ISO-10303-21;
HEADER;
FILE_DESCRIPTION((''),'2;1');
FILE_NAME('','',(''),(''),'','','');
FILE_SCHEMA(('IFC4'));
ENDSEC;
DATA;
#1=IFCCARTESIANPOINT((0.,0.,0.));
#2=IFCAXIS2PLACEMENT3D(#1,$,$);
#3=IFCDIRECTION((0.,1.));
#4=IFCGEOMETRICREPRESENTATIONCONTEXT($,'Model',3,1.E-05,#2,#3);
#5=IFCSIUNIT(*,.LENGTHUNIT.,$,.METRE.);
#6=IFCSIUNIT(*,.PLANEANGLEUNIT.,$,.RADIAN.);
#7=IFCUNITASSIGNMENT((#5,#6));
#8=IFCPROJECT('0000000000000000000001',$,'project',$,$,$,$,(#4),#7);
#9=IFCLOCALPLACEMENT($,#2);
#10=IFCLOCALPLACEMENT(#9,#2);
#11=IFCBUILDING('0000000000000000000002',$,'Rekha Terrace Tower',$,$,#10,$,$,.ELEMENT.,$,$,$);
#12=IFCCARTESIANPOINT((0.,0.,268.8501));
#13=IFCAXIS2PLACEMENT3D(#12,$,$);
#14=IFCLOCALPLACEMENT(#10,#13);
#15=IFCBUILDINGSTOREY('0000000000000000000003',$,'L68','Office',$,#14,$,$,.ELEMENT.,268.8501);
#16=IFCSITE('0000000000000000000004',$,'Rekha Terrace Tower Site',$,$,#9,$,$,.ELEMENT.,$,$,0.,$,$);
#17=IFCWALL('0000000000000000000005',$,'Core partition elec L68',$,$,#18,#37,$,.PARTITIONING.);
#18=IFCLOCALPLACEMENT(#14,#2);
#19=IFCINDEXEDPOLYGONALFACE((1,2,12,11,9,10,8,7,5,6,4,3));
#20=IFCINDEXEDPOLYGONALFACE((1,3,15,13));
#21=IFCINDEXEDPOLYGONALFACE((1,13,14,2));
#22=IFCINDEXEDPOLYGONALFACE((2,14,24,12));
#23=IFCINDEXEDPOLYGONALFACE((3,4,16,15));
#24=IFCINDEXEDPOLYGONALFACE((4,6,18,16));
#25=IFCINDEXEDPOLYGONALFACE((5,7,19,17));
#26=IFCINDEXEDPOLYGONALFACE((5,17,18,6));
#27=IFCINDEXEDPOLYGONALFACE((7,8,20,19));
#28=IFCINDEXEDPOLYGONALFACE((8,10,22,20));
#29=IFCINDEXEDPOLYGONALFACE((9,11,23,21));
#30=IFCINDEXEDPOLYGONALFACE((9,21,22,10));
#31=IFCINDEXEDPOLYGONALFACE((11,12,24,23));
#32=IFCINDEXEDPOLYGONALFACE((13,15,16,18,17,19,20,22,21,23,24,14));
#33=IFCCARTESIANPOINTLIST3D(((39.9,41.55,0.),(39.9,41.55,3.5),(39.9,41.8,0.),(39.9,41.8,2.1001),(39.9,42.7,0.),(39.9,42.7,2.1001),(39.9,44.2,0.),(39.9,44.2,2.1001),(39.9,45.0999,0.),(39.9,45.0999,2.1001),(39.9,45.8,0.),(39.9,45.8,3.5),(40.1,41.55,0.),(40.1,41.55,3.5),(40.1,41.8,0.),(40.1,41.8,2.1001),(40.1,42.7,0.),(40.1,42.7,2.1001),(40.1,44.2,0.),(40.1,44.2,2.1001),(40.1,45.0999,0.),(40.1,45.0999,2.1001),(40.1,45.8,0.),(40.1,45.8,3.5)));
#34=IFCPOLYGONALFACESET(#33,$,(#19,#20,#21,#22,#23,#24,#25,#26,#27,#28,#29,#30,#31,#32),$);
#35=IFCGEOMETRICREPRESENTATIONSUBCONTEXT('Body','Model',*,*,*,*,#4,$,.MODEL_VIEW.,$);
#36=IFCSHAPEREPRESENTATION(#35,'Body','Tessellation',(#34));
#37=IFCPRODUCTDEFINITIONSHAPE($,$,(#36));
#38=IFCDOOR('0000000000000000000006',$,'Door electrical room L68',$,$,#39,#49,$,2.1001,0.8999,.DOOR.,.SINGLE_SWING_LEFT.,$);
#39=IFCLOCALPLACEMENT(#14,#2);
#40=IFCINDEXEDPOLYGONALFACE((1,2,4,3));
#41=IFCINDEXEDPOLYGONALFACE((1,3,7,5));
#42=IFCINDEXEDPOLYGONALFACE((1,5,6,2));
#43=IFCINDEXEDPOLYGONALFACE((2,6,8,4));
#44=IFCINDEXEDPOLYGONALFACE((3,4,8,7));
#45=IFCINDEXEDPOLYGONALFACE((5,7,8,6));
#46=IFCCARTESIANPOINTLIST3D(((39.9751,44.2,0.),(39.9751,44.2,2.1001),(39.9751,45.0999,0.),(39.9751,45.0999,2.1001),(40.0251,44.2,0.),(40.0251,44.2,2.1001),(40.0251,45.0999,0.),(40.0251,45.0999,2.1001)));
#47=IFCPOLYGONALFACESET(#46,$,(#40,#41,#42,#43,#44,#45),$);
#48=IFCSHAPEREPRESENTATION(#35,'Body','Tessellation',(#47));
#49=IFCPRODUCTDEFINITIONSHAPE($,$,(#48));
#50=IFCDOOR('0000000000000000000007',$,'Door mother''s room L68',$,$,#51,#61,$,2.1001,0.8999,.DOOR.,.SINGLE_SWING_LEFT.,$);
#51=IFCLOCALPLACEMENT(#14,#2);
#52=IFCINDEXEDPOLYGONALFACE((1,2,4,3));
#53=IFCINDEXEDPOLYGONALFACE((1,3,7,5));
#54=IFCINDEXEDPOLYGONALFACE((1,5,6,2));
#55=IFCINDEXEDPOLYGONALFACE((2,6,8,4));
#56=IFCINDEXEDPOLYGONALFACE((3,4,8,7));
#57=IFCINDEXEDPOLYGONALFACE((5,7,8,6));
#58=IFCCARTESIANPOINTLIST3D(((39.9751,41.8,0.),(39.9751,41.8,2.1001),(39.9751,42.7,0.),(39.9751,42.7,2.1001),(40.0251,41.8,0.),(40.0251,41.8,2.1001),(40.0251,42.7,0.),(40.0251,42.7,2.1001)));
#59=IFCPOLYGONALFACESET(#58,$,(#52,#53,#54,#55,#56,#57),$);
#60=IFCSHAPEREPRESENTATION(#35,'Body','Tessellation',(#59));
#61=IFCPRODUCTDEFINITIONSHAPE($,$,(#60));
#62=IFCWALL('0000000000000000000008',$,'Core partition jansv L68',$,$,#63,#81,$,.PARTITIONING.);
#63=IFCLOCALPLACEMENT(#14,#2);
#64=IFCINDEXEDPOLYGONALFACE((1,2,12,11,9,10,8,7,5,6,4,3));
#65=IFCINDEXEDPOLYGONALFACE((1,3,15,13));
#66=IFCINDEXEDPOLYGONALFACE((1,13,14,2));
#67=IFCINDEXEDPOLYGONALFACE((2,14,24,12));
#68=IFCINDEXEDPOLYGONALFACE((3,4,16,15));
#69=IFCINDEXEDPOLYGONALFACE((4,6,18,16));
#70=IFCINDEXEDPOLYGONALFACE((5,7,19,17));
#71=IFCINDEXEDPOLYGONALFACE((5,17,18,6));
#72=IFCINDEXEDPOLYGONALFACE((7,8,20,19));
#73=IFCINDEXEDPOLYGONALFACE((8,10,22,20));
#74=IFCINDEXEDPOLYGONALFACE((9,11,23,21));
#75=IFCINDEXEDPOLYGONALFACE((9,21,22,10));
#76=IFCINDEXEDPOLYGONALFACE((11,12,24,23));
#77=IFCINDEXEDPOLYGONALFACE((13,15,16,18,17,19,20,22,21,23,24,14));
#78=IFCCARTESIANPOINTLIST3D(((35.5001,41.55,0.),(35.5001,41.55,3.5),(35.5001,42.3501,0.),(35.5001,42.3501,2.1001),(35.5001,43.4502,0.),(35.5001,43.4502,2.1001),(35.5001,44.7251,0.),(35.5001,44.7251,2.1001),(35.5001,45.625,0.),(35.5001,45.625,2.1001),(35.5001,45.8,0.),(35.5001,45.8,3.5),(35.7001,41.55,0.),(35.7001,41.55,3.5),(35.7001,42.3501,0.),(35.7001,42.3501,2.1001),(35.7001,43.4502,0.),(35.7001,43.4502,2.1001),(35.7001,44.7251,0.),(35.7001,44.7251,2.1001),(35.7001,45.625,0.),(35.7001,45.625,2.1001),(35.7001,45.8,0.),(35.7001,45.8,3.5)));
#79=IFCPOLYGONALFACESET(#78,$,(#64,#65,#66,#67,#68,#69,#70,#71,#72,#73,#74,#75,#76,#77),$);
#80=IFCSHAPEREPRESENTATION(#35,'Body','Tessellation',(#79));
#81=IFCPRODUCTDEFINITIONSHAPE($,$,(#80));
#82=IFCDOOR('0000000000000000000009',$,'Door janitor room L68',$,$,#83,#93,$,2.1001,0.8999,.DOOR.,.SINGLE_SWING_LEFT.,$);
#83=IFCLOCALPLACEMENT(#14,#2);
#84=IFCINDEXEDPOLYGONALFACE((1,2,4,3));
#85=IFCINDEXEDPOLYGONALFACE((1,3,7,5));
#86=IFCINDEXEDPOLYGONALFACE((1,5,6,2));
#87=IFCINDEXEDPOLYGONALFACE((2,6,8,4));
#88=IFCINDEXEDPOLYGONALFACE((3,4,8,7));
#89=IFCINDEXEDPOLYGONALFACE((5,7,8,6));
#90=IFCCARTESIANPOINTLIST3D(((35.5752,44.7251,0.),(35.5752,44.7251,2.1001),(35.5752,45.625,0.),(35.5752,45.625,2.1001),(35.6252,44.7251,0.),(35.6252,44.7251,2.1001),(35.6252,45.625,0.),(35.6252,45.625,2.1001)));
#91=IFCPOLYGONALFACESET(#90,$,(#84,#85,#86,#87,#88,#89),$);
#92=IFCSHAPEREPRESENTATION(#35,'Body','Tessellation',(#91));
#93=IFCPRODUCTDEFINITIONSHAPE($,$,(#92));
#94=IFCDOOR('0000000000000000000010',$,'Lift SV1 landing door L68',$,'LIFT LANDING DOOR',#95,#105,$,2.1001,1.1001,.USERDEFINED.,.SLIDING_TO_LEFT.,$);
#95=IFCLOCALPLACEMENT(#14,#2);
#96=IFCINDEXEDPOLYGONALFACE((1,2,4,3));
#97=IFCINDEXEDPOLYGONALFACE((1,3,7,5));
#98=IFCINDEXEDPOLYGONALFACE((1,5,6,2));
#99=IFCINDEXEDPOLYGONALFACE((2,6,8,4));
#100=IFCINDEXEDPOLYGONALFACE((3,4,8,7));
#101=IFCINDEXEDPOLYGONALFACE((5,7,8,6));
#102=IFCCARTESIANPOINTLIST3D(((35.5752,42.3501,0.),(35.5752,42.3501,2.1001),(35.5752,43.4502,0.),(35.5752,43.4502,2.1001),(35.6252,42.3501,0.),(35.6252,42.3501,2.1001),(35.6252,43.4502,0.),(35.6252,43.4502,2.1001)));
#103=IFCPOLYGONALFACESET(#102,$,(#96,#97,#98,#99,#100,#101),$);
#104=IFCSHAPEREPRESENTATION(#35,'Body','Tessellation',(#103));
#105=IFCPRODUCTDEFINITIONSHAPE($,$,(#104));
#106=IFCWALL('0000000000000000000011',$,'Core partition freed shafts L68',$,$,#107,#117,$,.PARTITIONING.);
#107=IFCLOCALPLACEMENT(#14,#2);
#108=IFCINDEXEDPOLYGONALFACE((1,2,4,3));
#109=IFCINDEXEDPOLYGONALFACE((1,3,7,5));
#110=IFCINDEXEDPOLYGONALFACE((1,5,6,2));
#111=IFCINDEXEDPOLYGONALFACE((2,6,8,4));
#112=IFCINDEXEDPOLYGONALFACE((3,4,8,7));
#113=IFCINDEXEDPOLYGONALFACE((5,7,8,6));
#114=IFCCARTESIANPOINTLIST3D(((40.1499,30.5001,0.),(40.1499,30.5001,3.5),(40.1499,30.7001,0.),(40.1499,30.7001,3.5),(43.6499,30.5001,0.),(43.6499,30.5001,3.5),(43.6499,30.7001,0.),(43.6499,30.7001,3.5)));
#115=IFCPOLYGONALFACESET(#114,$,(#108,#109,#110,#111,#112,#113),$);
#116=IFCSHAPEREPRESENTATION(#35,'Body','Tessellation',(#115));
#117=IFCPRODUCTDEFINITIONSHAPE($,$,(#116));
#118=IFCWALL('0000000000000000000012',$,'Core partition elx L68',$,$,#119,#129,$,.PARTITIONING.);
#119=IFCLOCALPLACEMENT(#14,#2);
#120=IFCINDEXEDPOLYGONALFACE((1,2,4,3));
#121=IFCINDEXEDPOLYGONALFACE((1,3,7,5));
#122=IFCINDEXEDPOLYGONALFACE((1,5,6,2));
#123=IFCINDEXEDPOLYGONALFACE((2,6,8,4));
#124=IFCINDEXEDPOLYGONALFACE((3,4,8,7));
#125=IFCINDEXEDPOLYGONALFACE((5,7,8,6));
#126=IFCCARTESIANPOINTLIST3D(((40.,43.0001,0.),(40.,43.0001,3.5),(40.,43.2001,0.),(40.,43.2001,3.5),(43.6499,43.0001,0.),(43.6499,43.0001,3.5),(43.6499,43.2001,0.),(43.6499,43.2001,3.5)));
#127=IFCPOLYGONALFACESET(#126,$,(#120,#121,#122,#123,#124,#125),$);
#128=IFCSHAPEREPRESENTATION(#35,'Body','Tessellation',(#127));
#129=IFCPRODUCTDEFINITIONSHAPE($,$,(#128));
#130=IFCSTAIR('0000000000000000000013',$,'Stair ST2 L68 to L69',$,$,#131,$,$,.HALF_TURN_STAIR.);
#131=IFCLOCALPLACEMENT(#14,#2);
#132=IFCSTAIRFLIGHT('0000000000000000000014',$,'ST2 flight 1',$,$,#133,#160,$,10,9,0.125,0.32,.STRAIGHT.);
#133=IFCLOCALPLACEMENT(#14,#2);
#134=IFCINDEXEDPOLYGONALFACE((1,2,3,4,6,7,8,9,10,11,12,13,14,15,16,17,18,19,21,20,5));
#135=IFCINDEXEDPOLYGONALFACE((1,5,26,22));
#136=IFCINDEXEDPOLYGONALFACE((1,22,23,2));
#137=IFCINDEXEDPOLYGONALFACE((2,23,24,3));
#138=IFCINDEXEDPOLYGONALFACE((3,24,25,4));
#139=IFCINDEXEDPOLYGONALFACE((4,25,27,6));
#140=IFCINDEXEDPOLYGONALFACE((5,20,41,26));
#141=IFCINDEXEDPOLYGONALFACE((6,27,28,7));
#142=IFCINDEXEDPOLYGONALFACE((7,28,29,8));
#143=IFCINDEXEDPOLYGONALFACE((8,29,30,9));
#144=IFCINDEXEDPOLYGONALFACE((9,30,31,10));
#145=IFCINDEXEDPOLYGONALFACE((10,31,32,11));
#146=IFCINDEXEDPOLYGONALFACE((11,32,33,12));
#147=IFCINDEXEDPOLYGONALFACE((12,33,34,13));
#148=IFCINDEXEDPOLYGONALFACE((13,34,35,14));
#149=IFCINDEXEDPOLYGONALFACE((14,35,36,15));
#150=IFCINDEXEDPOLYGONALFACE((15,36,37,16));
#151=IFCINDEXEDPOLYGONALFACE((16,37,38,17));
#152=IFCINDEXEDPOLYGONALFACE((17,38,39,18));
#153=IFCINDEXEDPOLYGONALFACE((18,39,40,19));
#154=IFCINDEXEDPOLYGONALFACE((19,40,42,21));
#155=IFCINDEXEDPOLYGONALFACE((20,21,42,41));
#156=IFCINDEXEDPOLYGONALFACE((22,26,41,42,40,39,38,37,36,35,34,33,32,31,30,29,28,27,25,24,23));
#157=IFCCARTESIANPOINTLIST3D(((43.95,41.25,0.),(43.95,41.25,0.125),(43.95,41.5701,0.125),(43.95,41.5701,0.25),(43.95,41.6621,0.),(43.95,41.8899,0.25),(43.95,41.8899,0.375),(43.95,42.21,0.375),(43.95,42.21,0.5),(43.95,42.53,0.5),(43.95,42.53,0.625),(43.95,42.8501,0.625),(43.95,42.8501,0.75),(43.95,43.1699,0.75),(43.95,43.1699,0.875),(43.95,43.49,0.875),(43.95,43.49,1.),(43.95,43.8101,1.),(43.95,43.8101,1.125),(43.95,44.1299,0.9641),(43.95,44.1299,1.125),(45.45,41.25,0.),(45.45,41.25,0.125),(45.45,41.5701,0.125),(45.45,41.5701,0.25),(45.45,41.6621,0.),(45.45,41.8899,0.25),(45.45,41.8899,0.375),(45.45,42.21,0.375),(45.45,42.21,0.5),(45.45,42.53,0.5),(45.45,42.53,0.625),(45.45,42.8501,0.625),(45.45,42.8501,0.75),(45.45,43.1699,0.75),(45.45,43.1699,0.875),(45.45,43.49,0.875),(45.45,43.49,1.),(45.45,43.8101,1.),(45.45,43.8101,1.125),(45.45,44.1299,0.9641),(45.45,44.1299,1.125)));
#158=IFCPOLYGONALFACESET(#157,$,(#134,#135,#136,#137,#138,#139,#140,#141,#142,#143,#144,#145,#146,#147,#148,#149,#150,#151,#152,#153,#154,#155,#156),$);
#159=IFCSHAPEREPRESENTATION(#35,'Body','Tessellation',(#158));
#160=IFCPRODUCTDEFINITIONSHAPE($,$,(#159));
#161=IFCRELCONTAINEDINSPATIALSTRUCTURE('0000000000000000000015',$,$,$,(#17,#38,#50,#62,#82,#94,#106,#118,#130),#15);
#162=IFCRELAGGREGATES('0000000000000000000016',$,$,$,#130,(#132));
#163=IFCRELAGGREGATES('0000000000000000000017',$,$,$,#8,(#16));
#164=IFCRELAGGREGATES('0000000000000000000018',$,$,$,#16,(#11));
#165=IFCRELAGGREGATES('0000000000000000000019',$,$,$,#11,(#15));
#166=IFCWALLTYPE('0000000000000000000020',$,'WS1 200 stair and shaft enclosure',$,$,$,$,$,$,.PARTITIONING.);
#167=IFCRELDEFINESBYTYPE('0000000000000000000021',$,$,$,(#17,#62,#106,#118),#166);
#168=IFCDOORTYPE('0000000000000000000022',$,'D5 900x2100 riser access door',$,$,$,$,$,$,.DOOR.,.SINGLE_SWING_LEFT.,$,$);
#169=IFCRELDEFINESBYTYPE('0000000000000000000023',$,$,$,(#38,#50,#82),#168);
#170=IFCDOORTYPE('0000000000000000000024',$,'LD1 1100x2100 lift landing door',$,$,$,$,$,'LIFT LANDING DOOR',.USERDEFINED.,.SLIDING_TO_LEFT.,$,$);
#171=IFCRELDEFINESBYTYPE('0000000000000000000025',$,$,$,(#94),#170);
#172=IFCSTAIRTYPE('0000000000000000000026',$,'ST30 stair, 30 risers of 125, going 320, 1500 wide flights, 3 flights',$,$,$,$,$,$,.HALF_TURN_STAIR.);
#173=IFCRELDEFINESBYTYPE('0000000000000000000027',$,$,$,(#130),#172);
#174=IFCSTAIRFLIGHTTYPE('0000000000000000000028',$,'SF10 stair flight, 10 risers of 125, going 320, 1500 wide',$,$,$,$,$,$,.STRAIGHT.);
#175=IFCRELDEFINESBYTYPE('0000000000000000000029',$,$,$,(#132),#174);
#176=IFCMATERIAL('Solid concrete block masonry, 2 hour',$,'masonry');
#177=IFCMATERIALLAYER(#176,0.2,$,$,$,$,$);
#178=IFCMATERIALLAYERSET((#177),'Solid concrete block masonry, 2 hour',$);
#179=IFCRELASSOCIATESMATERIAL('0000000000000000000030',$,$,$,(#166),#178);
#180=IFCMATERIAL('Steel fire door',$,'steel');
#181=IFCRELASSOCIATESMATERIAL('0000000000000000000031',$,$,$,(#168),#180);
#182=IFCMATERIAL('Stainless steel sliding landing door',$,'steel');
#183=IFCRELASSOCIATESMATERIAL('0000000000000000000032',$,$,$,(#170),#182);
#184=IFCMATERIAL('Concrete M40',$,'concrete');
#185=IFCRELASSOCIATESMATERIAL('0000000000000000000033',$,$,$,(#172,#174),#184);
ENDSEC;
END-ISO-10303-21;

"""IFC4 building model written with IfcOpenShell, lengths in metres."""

from ifc_helpers import new_model, si_unit, direction, frame, frame_2d, origin, place, context, subcontext, project, spatial, polyline, rectangle, outline, extrude, material, layer, layer_set, type_object, element, fill, aggregate, save


model = new_model("IFC4")

# Units and contexts
model_context = context("Model", 3, precision=1e-05, world=origin(), true_north=direction((0.0, 1.0)))
body_context = subcontext(model_context, "Body", "Model", "MODEL_VIEW")
ifc_project = project(units=[si_unit("LENGTHUNIT", "METRE"), si_unit("PLANEANGLEUNIT", "RADIAN")], contexts=[model_context])

# Site, building, storey
site_placement = place(None, origin())
site = spatial("IfcSite", under=ifc_project, at=site_placement, Name="Rekha Terrace Tower Site", CompositionType="ELEMENT", RefElevation=0.0)
building_placement = place(site_placement, origin())
building = spatial("IfcBuilding", under=site, at=building_placement, Name="Rekha Terrace Tower", CompositionType="ELEMENT")
storey_placement = place(building_placement, frame((0.0, 0.0, 268.8501)))
storey = spatial("IfcBuildingStorey", under=building, at=storey_placement, Name="L68", Description="Office", CompositionType="ELEMENT", Elevation=268.8501)

# Shared definitions
ifc_material_1 = material(Name="Stainless steel sliding landing door", Category="steel")
ifc_material_2 = material(Name="Steel fire door", Category="steel")

# Shared definitions
ifc_material_3 = material(Name="Solid concrete block masonry, 2 hour", Category="masonry")
ifc_layer_1 = layer(ifc_material_3, 0.2)
ifc_layer_set_1 = layer_set([ifc_layer_1], Name="Solid concrete block masonry, 2 hour")
wall_type_1 = type_object("IfcWallType", Name="WS1 200 stair and shaft enclosure", PredefinedType="PARTITIONING", material=ifc_layer_set_1)

# Walls, openings, doors
wall_1_placement = place(storey_placement, frame((40.0, 41.55, 0.0), z_axis=(0.0, 0.0, 1.0), x_axis=(0.0, 1.0, 0.0)))
wall_1 = element("IfcWall", 1, at=wall_1_placement, inside=storey, type_object=wall_type_1, Name="Core partition elec L68", PredefinedType="PARTITIONING", context=body_context, shape_type="SweptSolid", body=[
    extrude(rectangle(XDim=4.25, YDim=0.2, at=frame_2d((2.125, 0.0))), origin(), (0.0, 0.0, 1.0), 3.5),
])
opening_1_placement = place(wall_1_placement, frame((2.6499, 0.0, 0.0)))
opening_1 = element("IfcOpeningElement", 2, at=opening_1_placement, cuts=wall_1, PredefinedType="OPENING", context=body_context, shape_type="SweptSolid", body=[
    extrude(rectangle(XDim=0.8999, YDim=2.1001, at=frame_2d((0.45, 1.05))), frame((0.0, 0.1099, 0.0), z_axis=(0.0, -1.0, 0.0), x_axis=(1.0, 0.0, 0.0)), (0.0, 0.0, 1.0), 0.22),
])
opening_2_placement = place(wall_1_placement, frame((0.25, 0.0, 0.0)))
opening_2 = element("IfcOpeningElement", 3, at=opening_2_placement, cuts=wall_1, PredefinedType="OPENING", context=body_context, shape_type="SweptSolid", body=[
    extrude(rectangle(XDim=0.8999, YDim=2.1001, at=frame_2d((0.45, 1.05))), frame((0.0, 0.1099, 0.0), z_axis=(0.0, -1.0, 0.0), x_axis=(1.0, 0.0, 0.0)), (0.0, 0.0, 1.0), 0.22),
])
door_type_1 = type_object("IfcDoorType", Name="D5 900x2100 riser access door", OperationType="SINGLE_SWING_LEFT", PredefinedType="DOOR", material=ifc_material_2)
door_1_placement = place(opening_1_placement, origin())
door_1 = element("IfcDoor", 4, at=door_1_placement, inside=storey, type_object=door_type_1, Name="Door electrical room L68", OperationType="SINGLE_SWING_LEFT", OverallHeight=2.1001, OverallWidth=0.8999, PredefinedType="DOOR", context=body_context, shape_type="SweptSolid", body=[
    extrude(rectangle(XDim=0.8999, YDim=2.1001, at=frame_2d((0.45, 1.05))), frame((0.0, 0.0249, 0.0), z_axis=(0.0, -1.0, 0.0), x_axis=(1.0, 0.0, 0.0)), (0.0, 0.0, 1.0), 0.05),
])
fill(opening_1, door_1)
door_2_placement = place(opening_2_placement, origin())
door_2 = element("IfcDoor", 5, at=door_2_placement, inside=storey, type_object=door_type_1, Name="Door mother's room L68", OperationType="SINGLE_SWING_LEFT", OverallHeight=2.1001, OverallWidth=0.8999, PredefinedType="DOOR", context=body_context, shape_type="SweptSolid", body=[
    extrude(rectangle(XDim=0.8999, YDim=2.1001, at=frame_2d((0.45, 1.05))), frame((0.0, 0.0249, 0.0), z_axis=(0.0, -1.0, 0.0), x_axis=(1.0, 0.0, 0.0)), (0.0, 0.0, 1.0), 0.05),
])
fill(opening_2, door_2)
wall_2_placement = place(storey_placement, frame((35.6001, 41.55, 0.0), z_axis=(0.0, 0.0, 1.0), x_axis=(0.0, 1.0, 0.0)))
wall_2 = element("IfcWall", 6, at=wall_2_placement, inside=storey, type_object=wall_type_1, Name="Core partition jansv L68", PredefinedType="PARTITIONING", context=body_context, shape_type="SweptSolid", body=[
    extrude(rectangle(XDim=4.25, YDim=0.2, at=frame_2d((2.125, 0.0))), origin(), (0.0, 0.0, 1.0), 3.5),
])
opening_3_placement = place(wall_2_placement, frame((3.175, 0.0, 0.0)))
opening_3 = element("IfcOpeningElement", 7, at=opening_3_placement, cuts=wall_2, PredefinedType="OPENING", context=body_context, shape_type="SweptSolid", body=[
    extrude(rectangle(XDim=0.8999, YDim=2.1001, at=frame_2d((0.45, 1.05))), frame((0.0, 0.1099, 0.0), z_axis=(0.0, -1.0, 0.0), x_axis=(1.0, 0.0, 0.0)), (0.0, 0.0, 1.0), 0.22),
])
opening_4_placement = place(wall_2_placement, frame((0.8, 0.0, 0.0)))
opening_4 = element("IfcOpeningElement", 8, at=opening_4_placement, cuts=wall_2, PredefinedType="OPENING", context=body_context, shape_type="SweptSolid", body=[
    extrude(rectangle(XDim=1.1001, YDim=2.1001, at=frame_2d((0.55, 1.05))), frame((0.0, 0.1099, 0.0), z_axis=(0.0, -1.0, 0.0), x_axis=(1.0, 0.0, 0.0)), (0.0, 0.0, 1.0), 0.22),
])
door_3_placement = place(opening_3_placement, origin())
door_3 = element("IfcDoor", 9, at=door_3_placement, inside=storey, type_object=door_type_1, Name="Door janitor room L68", OperationType="SINGLE_SWING_LEFT", OverallHeight=2.1001, OverallWidth=0.8999, PredefinedType="DOOR", context=body_context, shape_type="SweptSolid", body=[
    extrude(rectangle(XDim=0.8999, YDim=2.1001, at=frame_2d((0.45, 1.05))), frame((0.0, 0.0249, 0.0), z_axis=(0.0, -1.0, 0.0), x_axis=(1.0, 0.0, 0.0)), (0.0, 0.0, 1.0), 0.05),
])
fill(opening_3, door_3)
door_type_2 = type_object("IfcDoorType", Name="LD1 1100x2100 lift landing door", ElementType="LIFT LANDING DOOR", OperationType="SLIDING_TO_LEFT", PredefinedType="USERDEFINED", material=ifc_material_1)
door_4_placement = place(opening_4_placement, origin())
door_4 = element("IfcDoor", 10, at=door_4_placement, inside=storey, type_object=door_type_2, Name="Lift SV1 landing door L68", ObjectType="LIFT LANDING DOOR", OperationType="SLIDING_TO_LEFT", OverallHeight=2.1001, OverallWidth=1.1001, PredefinedType="USERDEFINED", context=body_context, shape_type="SweptSolid", body=[
    extrude(rectangle(XDim=1.1001, YDim=2.1001, at=frame_2d((0.55, 1.05))), frame((0.0, 0.0249, 0.0), z_axis=(0.0, -1.0, 0.0), x_axis=(1.0, 0.0, 0.0)), (0.0, 0.0, 1.0), 0.05),
])
fill(opening_4, door_4)

# Walls
wall_3_placement = place(storey_placement, frame((40.1499, 30.6001, 0.0), z_axis=(0.0, 0.0, 1.0), x_axis=(1.0, 0.0, 0.0)))
element("IfcWall", 11, at=wall_3_placement, inside=storey, type_object=wall_type_1, Name="Core partition freed shafts L68", PredefinedType="PARTITIONING", context=body_context, shape_type="SweptSolid", body=[
    extrude(rectangle(XDim=3.5, YDim=0.2, at=frame_2d((1.75, 0.0))), origin(), (0.0, 0.0, 1.0), 3.5),
])
wall_4_placement = place(storey_placement, frame((40.0, 43.1001, 0.0), z_axis=(0.0, 0.0, 1.0), x_axis=(1.0, 0.0, 0.0)))
element("IfcWall", 12, at=wall_4_placement, inside=storey, type_object=wall_type_1, Name="Core partition elx L68", PredefinedType="PARTITIONING", context=body_context, shape_type="SweptSolid", body=[
    extrude(rectangle(XDim=3.6499, YDim=0.2, at=frame_2d((1.825, 0.0))), origin(), (0.0, 0.0, 1.0), 3.5),
])

# Stair, stair flight
ifc_material_4 = material(Name="Concrete M40", Category="concrete")
stair_type = type_object("IfcStairType", Name="ST30 stair, 30 risers of 125, going 320, 1500 wide flights, 3 flights", PredefinedType="HALF_TURN_STAIR", material=ifc_material_4)
stair_1_placement = place(storey_placement, origin())
stair_1 = element("IfcStair", 13, at=stair_1_placement, inside=storey, type_object=stair_type, Name="Stair ST2 L68 to L69", PredefinedType="HALF_TURN_STAIR")
stair_flight_type = type_object("IfcStairFlightType", Name="SF10 stair flight, 10 risers of 125, going 320, 1500 wide", PredefinedType="STRAIGHT", material=ifc_material_4)
stair_flight_1_placement = place(storey_placement, frame((44.7, 41.25, 0.0), z_axis=(0.0, 0.0, 1.0), x_axis=(0.0, 1.0, 0.0)))
stair_flight_1 = element("IfcStairFlight", 14, at=stair_flight_1_placement, type_object=stair_flight_type, Name="ST2 flight 1", NumberOfRisers=10, NumberOfTreads=9, PredefinedType="STRAIGHT", RiserHeight=0.125, TreadLength=0.32, context=body_context, shape_type="SweptSolid", body=[
    extrude(outline(polyline([(0.0, 0.0), (0.0, 0.125), (0.3201, 0.125), (0.3201, 0.25), (0.6399, 0.25), (0.6399, 0.375), (0.96, 0.375), (0.96, 0.5), (1.28, 0.5), (1.28, 0.625), (1.6001, 0.625), (1.6001, 0.75), (1.9199, 0.75), (1.9199, 0.875), (2.24, 0.875), (2.24, 1.0), (2.5601, 1.0), (2.5601, 1.125), (2.8799, 1.125), (2.8799, 1.25), (2.8799, 0.9641), (0.4121, 0.0), (0.0, 0.0)])), frame((0.0, 0.75, 0.0), z_axis=(0.0, -1.0, 0.0), x_axis=(1.0, 0.0, 0.0)), (0.0, 0.0, 1.0), 1.5),
])
aggregate(stair_1, [stair_flight_1])

save(model, "model.ifc")
